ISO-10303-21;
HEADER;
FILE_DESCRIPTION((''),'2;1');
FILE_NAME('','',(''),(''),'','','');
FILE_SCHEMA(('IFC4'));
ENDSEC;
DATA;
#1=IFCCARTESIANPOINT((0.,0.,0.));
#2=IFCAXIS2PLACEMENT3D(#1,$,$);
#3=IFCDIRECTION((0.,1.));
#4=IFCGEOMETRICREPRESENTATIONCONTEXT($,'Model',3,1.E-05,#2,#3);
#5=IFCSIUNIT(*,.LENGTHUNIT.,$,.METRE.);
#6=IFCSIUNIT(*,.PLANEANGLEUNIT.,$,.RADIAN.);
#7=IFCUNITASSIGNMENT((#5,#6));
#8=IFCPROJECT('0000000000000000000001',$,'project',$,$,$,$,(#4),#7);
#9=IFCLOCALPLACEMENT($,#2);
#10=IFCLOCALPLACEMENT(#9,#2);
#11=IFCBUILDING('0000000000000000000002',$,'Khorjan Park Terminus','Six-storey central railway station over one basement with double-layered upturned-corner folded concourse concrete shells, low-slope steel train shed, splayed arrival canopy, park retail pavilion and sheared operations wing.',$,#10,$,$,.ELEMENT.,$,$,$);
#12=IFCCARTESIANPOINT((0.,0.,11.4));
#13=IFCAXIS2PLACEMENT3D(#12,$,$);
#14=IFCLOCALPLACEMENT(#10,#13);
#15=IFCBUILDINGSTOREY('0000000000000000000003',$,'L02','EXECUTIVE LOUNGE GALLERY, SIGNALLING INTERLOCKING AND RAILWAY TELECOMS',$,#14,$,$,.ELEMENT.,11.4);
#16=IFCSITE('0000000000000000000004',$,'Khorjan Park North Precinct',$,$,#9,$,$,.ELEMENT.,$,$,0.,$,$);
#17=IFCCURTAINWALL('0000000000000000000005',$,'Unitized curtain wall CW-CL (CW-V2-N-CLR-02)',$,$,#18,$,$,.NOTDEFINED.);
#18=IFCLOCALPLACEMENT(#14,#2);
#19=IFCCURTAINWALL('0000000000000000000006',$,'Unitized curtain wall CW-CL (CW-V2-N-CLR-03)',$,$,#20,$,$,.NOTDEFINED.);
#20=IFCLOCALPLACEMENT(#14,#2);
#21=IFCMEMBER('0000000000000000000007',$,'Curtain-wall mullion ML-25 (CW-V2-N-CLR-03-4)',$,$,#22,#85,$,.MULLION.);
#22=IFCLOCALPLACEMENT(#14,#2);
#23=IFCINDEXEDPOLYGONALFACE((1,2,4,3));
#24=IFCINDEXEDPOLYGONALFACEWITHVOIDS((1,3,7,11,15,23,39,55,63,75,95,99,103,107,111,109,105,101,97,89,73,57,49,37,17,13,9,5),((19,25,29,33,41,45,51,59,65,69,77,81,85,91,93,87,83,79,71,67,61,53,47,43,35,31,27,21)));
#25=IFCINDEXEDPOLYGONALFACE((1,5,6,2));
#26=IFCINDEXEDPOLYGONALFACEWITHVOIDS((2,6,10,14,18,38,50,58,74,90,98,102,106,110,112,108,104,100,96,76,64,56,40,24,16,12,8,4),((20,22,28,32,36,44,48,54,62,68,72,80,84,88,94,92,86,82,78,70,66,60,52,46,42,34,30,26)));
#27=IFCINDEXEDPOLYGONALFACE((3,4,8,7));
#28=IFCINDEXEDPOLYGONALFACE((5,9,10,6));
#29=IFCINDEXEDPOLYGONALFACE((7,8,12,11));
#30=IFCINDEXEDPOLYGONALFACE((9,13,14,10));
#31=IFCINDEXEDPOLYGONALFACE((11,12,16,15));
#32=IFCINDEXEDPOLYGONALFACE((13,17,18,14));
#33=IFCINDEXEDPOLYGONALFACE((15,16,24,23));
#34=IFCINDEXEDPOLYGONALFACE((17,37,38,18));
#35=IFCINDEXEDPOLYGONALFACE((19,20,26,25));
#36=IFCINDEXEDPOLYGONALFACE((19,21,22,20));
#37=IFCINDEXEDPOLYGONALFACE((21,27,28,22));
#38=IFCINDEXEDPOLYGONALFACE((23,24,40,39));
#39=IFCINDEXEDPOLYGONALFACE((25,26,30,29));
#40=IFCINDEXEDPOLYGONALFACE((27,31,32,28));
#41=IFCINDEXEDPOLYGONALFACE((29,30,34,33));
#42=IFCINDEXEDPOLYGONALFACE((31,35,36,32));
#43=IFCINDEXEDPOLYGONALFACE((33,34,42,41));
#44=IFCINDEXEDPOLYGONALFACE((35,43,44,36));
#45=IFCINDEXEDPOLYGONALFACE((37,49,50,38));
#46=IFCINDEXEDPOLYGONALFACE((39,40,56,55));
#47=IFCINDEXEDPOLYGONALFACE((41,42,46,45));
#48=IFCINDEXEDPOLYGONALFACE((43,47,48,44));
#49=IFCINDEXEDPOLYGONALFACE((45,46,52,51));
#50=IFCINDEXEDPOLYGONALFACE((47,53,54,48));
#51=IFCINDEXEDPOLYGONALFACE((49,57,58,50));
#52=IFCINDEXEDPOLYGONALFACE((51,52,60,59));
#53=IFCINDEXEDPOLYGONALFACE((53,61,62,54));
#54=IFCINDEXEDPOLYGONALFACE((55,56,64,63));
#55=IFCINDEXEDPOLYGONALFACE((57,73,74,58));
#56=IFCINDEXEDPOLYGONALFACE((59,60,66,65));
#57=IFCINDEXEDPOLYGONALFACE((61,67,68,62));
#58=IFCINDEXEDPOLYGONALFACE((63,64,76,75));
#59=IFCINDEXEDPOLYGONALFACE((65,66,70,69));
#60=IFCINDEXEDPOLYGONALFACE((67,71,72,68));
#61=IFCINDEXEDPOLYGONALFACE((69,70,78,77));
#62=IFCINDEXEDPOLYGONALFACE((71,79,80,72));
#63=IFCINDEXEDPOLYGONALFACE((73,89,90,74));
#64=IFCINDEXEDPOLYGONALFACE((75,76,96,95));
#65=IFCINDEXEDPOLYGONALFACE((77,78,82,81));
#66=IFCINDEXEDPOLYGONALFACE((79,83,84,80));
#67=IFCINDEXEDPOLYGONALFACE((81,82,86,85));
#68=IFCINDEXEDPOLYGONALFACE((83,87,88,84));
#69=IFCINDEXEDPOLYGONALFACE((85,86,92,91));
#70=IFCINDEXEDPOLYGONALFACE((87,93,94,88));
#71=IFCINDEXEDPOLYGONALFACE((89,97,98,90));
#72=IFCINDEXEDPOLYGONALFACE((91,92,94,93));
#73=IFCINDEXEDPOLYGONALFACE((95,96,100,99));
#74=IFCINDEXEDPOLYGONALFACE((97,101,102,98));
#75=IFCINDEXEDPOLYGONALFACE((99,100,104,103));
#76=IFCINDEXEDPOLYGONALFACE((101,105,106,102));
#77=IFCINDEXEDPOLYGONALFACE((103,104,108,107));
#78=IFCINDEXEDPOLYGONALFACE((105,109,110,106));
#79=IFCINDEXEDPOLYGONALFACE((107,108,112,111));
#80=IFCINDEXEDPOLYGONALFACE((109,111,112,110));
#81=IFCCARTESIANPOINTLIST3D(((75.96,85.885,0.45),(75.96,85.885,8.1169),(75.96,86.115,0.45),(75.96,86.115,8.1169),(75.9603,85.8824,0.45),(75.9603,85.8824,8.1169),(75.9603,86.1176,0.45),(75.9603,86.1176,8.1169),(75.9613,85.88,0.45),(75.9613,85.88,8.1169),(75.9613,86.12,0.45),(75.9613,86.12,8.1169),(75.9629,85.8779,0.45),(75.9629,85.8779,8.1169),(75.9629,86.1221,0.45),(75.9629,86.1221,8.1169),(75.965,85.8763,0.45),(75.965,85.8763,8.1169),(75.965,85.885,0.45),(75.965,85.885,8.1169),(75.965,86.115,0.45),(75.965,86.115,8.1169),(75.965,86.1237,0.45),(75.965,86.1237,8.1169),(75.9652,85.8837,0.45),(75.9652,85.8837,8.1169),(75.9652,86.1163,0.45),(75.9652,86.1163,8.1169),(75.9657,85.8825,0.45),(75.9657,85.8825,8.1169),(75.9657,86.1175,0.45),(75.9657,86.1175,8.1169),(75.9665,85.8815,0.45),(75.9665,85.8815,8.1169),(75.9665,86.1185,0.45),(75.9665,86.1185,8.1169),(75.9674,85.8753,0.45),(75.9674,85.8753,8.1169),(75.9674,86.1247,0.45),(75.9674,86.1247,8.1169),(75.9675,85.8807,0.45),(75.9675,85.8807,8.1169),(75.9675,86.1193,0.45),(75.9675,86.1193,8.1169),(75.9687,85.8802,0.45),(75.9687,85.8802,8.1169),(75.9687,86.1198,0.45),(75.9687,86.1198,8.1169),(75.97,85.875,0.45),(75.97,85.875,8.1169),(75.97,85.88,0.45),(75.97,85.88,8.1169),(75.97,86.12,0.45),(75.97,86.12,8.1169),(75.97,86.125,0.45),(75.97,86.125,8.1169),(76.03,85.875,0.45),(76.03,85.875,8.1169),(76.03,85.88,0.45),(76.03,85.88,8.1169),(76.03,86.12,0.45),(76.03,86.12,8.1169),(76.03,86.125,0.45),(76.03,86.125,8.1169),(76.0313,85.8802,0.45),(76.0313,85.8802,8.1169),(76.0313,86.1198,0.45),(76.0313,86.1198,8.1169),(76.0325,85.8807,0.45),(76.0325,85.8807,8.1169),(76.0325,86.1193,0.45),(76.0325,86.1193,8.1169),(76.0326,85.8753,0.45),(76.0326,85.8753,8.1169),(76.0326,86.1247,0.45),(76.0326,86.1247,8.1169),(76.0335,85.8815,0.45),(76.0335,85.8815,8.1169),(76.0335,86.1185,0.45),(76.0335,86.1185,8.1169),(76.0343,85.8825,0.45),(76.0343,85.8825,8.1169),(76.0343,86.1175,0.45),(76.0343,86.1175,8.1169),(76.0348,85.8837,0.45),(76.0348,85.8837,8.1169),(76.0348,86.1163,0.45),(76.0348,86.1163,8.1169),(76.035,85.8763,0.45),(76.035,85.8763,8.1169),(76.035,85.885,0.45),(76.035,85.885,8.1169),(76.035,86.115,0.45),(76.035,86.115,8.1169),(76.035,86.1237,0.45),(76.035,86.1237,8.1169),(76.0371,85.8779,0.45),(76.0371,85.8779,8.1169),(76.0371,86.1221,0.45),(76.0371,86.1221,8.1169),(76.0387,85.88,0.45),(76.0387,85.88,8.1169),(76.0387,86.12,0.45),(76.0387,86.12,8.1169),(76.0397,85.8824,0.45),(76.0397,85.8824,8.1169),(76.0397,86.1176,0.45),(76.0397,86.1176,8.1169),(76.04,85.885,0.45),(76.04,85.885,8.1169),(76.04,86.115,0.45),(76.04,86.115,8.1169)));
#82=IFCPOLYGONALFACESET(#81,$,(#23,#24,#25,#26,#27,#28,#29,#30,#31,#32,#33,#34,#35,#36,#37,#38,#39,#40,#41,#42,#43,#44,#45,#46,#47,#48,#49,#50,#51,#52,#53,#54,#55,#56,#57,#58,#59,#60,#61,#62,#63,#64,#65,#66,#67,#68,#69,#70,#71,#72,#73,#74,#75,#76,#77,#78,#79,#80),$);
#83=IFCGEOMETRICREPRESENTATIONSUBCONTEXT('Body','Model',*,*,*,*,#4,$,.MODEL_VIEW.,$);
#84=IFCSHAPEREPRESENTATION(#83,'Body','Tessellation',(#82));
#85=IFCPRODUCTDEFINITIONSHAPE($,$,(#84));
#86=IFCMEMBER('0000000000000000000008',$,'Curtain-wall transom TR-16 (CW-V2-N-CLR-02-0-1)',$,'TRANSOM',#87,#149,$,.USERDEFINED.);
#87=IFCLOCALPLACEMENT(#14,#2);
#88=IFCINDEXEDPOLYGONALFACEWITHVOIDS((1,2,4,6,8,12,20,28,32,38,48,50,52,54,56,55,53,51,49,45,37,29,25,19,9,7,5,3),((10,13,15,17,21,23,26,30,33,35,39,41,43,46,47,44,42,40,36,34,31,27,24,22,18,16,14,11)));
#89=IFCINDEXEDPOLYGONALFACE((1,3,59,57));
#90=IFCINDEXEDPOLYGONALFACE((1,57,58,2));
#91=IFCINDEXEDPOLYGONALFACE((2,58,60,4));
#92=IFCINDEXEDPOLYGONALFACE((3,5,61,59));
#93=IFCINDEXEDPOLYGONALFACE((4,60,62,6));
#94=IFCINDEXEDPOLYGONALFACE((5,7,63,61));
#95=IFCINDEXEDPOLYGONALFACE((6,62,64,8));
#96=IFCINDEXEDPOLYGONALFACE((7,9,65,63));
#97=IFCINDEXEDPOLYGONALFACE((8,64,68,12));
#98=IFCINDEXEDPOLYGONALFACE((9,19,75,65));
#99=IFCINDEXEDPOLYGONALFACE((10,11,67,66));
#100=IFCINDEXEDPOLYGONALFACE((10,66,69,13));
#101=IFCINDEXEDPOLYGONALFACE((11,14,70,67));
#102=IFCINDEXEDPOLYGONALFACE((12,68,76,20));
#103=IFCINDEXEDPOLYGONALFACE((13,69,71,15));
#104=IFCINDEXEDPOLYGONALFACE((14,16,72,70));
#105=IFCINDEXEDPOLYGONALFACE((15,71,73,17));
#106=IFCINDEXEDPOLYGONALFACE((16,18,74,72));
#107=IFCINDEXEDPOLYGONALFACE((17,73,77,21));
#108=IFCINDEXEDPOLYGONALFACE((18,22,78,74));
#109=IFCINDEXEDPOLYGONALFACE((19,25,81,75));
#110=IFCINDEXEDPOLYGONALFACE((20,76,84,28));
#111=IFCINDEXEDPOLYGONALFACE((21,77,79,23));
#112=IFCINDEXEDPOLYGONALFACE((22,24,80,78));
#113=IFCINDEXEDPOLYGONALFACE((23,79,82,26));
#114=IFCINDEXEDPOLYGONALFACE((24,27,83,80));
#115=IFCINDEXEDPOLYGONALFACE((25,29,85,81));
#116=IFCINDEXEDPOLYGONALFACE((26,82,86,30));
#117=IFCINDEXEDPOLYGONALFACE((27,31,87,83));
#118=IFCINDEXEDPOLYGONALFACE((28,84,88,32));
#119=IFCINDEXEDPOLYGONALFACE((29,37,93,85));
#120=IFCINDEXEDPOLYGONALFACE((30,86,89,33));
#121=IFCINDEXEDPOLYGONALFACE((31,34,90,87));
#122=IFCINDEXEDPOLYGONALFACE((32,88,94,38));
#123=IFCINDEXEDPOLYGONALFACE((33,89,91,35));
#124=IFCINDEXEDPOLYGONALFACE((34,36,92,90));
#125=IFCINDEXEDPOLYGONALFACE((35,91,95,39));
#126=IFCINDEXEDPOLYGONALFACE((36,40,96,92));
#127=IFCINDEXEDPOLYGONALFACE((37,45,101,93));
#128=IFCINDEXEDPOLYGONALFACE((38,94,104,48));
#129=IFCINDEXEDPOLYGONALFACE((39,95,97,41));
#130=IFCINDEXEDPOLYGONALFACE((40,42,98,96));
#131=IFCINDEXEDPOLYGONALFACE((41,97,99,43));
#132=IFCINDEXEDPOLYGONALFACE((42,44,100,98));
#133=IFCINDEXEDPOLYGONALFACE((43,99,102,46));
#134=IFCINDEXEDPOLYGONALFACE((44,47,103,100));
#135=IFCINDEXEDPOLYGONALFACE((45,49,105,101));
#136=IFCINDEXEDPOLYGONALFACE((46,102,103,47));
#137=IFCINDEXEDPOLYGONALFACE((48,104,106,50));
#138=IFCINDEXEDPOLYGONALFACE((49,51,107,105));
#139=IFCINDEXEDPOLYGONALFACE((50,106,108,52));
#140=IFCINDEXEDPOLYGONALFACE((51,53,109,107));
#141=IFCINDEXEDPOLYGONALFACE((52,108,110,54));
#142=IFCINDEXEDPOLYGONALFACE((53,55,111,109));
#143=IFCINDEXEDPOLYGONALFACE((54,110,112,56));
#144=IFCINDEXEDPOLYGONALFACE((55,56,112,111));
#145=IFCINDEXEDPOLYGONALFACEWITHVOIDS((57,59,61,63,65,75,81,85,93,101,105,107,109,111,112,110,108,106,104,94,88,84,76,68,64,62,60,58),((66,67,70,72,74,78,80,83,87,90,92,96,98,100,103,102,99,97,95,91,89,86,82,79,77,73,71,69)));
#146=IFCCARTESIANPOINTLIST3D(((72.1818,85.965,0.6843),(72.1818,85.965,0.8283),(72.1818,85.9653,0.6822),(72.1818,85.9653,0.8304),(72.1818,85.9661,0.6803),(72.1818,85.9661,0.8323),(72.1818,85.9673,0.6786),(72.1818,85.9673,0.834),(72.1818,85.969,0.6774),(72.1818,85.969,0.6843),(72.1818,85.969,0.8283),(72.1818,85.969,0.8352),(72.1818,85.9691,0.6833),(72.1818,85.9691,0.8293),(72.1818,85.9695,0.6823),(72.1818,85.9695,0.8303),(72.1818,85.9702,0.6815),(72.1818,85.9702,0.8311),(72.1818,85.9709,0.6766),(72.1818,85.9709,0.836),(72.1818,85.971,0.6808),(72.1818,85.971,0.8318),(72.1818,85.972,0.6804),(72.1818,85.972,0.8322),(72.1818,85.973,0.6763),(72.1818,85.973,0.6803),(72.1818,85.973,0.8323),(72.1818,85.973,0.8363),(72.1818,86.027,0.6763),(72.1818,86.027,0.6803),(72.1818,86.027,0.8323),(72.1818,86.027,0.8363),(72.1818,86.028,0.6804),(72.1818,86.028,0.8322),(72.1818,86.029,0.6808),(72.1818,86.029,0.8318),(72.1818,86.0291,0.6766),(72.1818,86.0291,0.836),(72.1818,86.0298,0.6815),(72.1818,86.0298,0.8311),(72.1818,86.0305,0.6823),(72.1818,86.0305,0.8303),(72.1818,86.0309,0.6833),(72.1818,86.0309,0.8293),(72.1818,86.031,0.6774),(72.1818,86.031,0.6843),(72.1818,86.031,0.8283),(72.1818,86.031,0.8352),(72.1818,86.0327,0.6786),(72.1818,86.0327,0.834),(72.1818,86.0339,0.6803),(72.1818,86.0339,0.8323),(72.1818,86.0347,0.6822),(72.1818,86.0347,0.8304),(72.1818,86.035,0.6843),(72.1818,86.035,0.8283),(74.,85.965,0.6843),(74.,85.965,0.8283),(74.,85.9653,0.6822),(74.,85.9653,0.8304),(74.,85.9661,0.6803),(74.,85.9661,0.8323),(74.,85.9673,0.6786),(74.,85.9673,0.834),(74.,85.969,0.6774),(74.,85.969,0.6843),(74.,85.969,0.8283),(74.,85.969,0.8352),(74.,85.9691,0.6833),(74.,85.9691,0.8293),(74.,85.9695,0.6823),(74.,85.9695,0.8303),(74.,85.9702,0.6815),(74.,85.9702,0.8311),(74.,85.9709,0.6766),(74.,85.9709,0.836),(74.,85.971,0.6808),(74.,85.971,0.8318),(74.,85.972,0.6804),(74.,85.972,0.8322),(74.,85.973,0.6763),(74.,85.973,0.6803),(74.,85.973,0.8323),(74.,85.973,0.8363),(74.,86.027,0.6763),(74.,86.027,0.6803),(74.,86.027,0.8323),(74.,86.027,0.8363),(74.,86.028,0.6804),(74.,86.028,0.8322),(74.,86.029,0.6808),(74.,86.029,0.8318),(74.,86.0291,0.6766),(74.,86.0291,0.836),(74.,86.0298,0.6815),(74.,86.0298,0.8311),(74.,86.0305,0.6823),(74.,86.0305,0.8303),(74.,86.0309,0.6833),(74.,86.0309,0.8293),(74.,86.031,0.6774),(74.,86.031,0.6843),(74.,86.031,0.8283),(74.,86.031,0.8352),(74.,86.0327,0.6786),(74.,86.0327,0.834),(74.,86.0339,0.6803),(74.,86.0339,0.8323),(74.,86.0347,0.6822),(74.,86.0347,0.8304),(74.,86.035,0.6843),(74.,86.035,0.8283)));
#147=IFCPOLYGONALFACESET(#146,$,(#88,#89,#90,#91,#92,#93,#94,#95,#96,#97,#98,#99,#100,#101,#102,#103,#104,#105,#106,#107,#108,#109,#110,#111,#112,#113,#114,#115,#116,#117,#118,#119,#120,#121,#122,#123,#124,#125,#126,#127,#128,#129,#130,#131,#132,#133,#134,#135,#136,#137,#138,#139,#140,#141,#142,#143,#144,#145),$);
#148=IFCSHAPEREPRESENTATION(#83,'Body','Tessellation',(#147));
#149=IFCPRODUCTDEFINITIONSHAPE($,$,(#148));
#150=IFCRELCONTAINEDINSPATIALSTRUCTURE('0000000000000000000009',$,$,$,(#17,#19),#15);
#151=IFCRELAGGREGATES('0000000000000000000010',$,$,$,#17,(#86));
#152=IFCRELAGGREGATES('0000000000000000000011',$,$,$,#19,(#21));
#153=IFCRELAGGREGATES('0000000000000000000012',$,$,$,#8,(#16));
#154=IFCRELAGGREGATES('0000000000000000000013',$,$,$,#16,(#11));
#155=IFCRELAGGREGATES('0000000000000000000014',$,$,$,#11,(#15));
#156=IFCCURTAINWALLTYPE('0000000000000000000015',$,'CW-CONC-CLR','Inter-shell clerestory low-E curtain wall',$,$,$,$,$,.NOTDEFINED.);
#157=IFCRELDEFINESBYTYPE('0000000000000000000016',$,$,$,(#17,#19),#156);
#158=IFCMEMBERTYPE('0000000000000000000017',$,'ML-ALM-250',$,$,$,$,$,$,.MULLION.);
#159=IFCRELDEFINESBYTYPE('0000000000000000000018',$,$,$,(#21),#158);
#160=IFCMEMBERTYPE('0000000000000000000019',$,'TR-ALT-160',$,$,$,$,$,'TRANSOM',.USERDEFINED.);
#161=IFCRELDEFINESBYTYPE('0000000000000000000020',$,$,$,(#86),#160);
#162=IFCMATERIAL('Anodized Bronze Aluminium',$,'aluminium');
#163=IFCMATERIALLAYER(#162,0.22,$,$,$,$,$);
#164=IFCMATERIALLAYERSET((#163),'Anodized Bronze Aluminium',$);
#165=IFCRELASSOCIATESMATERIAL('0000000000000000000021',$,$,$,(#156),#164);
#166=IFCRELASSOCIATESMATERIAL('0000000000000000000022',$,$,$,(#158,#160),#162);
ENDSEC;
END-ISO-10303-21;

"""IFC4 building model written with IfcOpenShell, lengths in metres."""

from ifc_helpers import new_model, si_unit, direction, frame, origin, origin_2d, place, context, subcontext, project, spatial, hollow_rectangle, extrude, material, layer, layer_set, material_profile, profile_set, type_object, element, aggregate, save


model = new_model("IFC4")

# Units and contexts
model_context = context("Model", 3, precision=1e-05, world=origin(), true_north=direction((0.0, 1.0)))
body_context = subcontext(model_context, "Body", "Model", "MODEL_VIEW")
ifc_project = project(units=[si_unit("LENGTHUNIT", "METRE"), si_unit("PLANEANGLEUNIT", "RADIAN")], contexts=[model_context])

# Site, building, storey
site_placement = place(None, origin())
site = spatial("IfcSite", under=ifc_project, at=site_placement, Name="Khorjan Park North Precinct", CompositionType="ELEMENT", RefElevation=0.0)
building_placement = place(site_placement, origin())
building = spatial("IfcBuilding", under=site, at=building_placement, Name="Khorjan Park Terminus", Description="Six-storey central railway station over one basement with double-layered upturned-corner folded concourse concrete shells, low-slope steel train shed, splayed arrival canopy, park retail pavilion and sheared operations wing.", CompositionType="ELEMENT")
storey_placement = place(building_placement, frame((0.0, 0.0, 11.4)))
storey = spatial("IfcBuildingStorey", under=building, at=storey_placement, Name="L02", Description="EXECUTIVE LOUNGE GALLERY, SIGNALLING INTERLOCKING AND RAILWAY TELECOMS", CompositionType="ELEMENT", Elevation=11.4)

# Curtain walls, member
ifc_material_1 = material(Name="Anodized Bronze Aluminium", Category="aluminium")
ifc_layer_1 = layer(ifc_material_1, 0.22)
ifc_layer_set_1 = layer_set([ifc_layer_1], Name="Anodized Bronze Aluminium")
curtain_wall_type = type_object("IfcCurtainWallType", Name="CW-CONC-CLR", Description="Inter-shell clerestory low-E curtain wall", PredefinedType="NOTDEFINED", material=ifc_layer_set_1)
curtain_wall_1_placement = place(storey_placement, origin())
curtain_wall_1 = element("IfcCurtainWall", 1, at=curtain_wall_1_placement, inside=storey, type_object=curtain_wall_type, Name="Unitized curtain wall CW-CL (CW-V2-N-CLR-02)", PredefinedType="NOTDEFINED")
ifc_material_profile_1 = material_profile(ifc_material_1, hollow_rectangle(XDim=0.08, YDim=0.25, WallThickness=0.005, InnerFilletRadius=0.005, OuterFilletRadius=0.01, at=origin_2d()), Name="ALM 80x250x5")
ifc_profile_set_1 = profile_set([ifc_material_profile_1], Name="Anodized Bronze Aluminium")
member_type_1 = type_object("IfcMemberType", Name="ML-ALM-250", PredefinedType="MULLION", material=ifc_profile_set_1)
curtain_wall_2_placement = place(storey_placement, origin())
curtain_wall_2 = element("IfcCurtainWall", 2, at=curtain_wall_2_placement, inside=storey, type_object=curtain_wall_type, Name="Unitized curtain wall CW-CL (CW-V2-N-CLR-03)", PredefinedType="NOTDEFINED")
member_1_placement = place(storey_placement, frame((76.0, 86.0, 0.45), z_axis=(0.0, 0.0, 1.0), x_axis=(-1.0, 0.0, 0.0)))
member_1 = element("IfcMember", 3, at=member_1_placement, type_object=member_type_1, Name="Curtain-wall mullion ML-25 (CW-V2-N-CLR-03-4)", PredefinedType="MULLION", context=body_context, shape_type="SweptSolid", body=[
    extrude(hollow_rectangle(XDim=0.08, YDim=0.25, WallThickness=0.005, InnerFilletRadius=0.005, OuterFilletRadius=0.01, at=origin_2d()), origin(), (0.0, 0.0, 1.0), 7.6669),
])

# Member
ifc_material_profile_2 = material_profile(ifc_material_1, hollow_rectangle(XDim=0.07, YDim=0.16, WallThickness=0.004, InnerFilletRadius=0.004, OuterFilletRadius=0.008, at=origin_2d()), Name="ALT 70x160x4")
ifc_profile_set_2 = profile_set([ifc_material_profile_2], Name="Anodized Bronze Aluminium")
member_type_2 = type_object("IfcMemberType", Name="TR-ALT-160", ElementType="TRANSOM", PredefinedType="USERDEFINED", material=ifc_profile_set_2)
member_2_placement = place(storey_placement, frame((74.0, 86.0, 0.7563), z_axis=(-1.0, 0.0, 0.0), x_axis=(0.0, -1.0, 0.0)))
member_2 = element("IfcMember", 4, at=member_2_placement, type_object=member_type_2, Name="Curtain-wall transom TR-16 (CW-V2-N-CLR-02-0-1)", ObjectType="TRANSOM", PredefinedType="USERDEFINED", context=body_context, shape_type="SweptSolid", body=[
    extrude(hollow_rectangle(XDim=0.07, YDim=0.16, WallThickness=0.004, InnerFilletRadius=0.004, OuterFilletRadius=0.008, at=origin_2d()), origin(), (0.0, 0.0, 1.0), 1.8182),
])

aggregate(curtain_wall_1, [member_2])
aggregate(curtain_wall_2, [member_1])

save(model, "model.ifc")
